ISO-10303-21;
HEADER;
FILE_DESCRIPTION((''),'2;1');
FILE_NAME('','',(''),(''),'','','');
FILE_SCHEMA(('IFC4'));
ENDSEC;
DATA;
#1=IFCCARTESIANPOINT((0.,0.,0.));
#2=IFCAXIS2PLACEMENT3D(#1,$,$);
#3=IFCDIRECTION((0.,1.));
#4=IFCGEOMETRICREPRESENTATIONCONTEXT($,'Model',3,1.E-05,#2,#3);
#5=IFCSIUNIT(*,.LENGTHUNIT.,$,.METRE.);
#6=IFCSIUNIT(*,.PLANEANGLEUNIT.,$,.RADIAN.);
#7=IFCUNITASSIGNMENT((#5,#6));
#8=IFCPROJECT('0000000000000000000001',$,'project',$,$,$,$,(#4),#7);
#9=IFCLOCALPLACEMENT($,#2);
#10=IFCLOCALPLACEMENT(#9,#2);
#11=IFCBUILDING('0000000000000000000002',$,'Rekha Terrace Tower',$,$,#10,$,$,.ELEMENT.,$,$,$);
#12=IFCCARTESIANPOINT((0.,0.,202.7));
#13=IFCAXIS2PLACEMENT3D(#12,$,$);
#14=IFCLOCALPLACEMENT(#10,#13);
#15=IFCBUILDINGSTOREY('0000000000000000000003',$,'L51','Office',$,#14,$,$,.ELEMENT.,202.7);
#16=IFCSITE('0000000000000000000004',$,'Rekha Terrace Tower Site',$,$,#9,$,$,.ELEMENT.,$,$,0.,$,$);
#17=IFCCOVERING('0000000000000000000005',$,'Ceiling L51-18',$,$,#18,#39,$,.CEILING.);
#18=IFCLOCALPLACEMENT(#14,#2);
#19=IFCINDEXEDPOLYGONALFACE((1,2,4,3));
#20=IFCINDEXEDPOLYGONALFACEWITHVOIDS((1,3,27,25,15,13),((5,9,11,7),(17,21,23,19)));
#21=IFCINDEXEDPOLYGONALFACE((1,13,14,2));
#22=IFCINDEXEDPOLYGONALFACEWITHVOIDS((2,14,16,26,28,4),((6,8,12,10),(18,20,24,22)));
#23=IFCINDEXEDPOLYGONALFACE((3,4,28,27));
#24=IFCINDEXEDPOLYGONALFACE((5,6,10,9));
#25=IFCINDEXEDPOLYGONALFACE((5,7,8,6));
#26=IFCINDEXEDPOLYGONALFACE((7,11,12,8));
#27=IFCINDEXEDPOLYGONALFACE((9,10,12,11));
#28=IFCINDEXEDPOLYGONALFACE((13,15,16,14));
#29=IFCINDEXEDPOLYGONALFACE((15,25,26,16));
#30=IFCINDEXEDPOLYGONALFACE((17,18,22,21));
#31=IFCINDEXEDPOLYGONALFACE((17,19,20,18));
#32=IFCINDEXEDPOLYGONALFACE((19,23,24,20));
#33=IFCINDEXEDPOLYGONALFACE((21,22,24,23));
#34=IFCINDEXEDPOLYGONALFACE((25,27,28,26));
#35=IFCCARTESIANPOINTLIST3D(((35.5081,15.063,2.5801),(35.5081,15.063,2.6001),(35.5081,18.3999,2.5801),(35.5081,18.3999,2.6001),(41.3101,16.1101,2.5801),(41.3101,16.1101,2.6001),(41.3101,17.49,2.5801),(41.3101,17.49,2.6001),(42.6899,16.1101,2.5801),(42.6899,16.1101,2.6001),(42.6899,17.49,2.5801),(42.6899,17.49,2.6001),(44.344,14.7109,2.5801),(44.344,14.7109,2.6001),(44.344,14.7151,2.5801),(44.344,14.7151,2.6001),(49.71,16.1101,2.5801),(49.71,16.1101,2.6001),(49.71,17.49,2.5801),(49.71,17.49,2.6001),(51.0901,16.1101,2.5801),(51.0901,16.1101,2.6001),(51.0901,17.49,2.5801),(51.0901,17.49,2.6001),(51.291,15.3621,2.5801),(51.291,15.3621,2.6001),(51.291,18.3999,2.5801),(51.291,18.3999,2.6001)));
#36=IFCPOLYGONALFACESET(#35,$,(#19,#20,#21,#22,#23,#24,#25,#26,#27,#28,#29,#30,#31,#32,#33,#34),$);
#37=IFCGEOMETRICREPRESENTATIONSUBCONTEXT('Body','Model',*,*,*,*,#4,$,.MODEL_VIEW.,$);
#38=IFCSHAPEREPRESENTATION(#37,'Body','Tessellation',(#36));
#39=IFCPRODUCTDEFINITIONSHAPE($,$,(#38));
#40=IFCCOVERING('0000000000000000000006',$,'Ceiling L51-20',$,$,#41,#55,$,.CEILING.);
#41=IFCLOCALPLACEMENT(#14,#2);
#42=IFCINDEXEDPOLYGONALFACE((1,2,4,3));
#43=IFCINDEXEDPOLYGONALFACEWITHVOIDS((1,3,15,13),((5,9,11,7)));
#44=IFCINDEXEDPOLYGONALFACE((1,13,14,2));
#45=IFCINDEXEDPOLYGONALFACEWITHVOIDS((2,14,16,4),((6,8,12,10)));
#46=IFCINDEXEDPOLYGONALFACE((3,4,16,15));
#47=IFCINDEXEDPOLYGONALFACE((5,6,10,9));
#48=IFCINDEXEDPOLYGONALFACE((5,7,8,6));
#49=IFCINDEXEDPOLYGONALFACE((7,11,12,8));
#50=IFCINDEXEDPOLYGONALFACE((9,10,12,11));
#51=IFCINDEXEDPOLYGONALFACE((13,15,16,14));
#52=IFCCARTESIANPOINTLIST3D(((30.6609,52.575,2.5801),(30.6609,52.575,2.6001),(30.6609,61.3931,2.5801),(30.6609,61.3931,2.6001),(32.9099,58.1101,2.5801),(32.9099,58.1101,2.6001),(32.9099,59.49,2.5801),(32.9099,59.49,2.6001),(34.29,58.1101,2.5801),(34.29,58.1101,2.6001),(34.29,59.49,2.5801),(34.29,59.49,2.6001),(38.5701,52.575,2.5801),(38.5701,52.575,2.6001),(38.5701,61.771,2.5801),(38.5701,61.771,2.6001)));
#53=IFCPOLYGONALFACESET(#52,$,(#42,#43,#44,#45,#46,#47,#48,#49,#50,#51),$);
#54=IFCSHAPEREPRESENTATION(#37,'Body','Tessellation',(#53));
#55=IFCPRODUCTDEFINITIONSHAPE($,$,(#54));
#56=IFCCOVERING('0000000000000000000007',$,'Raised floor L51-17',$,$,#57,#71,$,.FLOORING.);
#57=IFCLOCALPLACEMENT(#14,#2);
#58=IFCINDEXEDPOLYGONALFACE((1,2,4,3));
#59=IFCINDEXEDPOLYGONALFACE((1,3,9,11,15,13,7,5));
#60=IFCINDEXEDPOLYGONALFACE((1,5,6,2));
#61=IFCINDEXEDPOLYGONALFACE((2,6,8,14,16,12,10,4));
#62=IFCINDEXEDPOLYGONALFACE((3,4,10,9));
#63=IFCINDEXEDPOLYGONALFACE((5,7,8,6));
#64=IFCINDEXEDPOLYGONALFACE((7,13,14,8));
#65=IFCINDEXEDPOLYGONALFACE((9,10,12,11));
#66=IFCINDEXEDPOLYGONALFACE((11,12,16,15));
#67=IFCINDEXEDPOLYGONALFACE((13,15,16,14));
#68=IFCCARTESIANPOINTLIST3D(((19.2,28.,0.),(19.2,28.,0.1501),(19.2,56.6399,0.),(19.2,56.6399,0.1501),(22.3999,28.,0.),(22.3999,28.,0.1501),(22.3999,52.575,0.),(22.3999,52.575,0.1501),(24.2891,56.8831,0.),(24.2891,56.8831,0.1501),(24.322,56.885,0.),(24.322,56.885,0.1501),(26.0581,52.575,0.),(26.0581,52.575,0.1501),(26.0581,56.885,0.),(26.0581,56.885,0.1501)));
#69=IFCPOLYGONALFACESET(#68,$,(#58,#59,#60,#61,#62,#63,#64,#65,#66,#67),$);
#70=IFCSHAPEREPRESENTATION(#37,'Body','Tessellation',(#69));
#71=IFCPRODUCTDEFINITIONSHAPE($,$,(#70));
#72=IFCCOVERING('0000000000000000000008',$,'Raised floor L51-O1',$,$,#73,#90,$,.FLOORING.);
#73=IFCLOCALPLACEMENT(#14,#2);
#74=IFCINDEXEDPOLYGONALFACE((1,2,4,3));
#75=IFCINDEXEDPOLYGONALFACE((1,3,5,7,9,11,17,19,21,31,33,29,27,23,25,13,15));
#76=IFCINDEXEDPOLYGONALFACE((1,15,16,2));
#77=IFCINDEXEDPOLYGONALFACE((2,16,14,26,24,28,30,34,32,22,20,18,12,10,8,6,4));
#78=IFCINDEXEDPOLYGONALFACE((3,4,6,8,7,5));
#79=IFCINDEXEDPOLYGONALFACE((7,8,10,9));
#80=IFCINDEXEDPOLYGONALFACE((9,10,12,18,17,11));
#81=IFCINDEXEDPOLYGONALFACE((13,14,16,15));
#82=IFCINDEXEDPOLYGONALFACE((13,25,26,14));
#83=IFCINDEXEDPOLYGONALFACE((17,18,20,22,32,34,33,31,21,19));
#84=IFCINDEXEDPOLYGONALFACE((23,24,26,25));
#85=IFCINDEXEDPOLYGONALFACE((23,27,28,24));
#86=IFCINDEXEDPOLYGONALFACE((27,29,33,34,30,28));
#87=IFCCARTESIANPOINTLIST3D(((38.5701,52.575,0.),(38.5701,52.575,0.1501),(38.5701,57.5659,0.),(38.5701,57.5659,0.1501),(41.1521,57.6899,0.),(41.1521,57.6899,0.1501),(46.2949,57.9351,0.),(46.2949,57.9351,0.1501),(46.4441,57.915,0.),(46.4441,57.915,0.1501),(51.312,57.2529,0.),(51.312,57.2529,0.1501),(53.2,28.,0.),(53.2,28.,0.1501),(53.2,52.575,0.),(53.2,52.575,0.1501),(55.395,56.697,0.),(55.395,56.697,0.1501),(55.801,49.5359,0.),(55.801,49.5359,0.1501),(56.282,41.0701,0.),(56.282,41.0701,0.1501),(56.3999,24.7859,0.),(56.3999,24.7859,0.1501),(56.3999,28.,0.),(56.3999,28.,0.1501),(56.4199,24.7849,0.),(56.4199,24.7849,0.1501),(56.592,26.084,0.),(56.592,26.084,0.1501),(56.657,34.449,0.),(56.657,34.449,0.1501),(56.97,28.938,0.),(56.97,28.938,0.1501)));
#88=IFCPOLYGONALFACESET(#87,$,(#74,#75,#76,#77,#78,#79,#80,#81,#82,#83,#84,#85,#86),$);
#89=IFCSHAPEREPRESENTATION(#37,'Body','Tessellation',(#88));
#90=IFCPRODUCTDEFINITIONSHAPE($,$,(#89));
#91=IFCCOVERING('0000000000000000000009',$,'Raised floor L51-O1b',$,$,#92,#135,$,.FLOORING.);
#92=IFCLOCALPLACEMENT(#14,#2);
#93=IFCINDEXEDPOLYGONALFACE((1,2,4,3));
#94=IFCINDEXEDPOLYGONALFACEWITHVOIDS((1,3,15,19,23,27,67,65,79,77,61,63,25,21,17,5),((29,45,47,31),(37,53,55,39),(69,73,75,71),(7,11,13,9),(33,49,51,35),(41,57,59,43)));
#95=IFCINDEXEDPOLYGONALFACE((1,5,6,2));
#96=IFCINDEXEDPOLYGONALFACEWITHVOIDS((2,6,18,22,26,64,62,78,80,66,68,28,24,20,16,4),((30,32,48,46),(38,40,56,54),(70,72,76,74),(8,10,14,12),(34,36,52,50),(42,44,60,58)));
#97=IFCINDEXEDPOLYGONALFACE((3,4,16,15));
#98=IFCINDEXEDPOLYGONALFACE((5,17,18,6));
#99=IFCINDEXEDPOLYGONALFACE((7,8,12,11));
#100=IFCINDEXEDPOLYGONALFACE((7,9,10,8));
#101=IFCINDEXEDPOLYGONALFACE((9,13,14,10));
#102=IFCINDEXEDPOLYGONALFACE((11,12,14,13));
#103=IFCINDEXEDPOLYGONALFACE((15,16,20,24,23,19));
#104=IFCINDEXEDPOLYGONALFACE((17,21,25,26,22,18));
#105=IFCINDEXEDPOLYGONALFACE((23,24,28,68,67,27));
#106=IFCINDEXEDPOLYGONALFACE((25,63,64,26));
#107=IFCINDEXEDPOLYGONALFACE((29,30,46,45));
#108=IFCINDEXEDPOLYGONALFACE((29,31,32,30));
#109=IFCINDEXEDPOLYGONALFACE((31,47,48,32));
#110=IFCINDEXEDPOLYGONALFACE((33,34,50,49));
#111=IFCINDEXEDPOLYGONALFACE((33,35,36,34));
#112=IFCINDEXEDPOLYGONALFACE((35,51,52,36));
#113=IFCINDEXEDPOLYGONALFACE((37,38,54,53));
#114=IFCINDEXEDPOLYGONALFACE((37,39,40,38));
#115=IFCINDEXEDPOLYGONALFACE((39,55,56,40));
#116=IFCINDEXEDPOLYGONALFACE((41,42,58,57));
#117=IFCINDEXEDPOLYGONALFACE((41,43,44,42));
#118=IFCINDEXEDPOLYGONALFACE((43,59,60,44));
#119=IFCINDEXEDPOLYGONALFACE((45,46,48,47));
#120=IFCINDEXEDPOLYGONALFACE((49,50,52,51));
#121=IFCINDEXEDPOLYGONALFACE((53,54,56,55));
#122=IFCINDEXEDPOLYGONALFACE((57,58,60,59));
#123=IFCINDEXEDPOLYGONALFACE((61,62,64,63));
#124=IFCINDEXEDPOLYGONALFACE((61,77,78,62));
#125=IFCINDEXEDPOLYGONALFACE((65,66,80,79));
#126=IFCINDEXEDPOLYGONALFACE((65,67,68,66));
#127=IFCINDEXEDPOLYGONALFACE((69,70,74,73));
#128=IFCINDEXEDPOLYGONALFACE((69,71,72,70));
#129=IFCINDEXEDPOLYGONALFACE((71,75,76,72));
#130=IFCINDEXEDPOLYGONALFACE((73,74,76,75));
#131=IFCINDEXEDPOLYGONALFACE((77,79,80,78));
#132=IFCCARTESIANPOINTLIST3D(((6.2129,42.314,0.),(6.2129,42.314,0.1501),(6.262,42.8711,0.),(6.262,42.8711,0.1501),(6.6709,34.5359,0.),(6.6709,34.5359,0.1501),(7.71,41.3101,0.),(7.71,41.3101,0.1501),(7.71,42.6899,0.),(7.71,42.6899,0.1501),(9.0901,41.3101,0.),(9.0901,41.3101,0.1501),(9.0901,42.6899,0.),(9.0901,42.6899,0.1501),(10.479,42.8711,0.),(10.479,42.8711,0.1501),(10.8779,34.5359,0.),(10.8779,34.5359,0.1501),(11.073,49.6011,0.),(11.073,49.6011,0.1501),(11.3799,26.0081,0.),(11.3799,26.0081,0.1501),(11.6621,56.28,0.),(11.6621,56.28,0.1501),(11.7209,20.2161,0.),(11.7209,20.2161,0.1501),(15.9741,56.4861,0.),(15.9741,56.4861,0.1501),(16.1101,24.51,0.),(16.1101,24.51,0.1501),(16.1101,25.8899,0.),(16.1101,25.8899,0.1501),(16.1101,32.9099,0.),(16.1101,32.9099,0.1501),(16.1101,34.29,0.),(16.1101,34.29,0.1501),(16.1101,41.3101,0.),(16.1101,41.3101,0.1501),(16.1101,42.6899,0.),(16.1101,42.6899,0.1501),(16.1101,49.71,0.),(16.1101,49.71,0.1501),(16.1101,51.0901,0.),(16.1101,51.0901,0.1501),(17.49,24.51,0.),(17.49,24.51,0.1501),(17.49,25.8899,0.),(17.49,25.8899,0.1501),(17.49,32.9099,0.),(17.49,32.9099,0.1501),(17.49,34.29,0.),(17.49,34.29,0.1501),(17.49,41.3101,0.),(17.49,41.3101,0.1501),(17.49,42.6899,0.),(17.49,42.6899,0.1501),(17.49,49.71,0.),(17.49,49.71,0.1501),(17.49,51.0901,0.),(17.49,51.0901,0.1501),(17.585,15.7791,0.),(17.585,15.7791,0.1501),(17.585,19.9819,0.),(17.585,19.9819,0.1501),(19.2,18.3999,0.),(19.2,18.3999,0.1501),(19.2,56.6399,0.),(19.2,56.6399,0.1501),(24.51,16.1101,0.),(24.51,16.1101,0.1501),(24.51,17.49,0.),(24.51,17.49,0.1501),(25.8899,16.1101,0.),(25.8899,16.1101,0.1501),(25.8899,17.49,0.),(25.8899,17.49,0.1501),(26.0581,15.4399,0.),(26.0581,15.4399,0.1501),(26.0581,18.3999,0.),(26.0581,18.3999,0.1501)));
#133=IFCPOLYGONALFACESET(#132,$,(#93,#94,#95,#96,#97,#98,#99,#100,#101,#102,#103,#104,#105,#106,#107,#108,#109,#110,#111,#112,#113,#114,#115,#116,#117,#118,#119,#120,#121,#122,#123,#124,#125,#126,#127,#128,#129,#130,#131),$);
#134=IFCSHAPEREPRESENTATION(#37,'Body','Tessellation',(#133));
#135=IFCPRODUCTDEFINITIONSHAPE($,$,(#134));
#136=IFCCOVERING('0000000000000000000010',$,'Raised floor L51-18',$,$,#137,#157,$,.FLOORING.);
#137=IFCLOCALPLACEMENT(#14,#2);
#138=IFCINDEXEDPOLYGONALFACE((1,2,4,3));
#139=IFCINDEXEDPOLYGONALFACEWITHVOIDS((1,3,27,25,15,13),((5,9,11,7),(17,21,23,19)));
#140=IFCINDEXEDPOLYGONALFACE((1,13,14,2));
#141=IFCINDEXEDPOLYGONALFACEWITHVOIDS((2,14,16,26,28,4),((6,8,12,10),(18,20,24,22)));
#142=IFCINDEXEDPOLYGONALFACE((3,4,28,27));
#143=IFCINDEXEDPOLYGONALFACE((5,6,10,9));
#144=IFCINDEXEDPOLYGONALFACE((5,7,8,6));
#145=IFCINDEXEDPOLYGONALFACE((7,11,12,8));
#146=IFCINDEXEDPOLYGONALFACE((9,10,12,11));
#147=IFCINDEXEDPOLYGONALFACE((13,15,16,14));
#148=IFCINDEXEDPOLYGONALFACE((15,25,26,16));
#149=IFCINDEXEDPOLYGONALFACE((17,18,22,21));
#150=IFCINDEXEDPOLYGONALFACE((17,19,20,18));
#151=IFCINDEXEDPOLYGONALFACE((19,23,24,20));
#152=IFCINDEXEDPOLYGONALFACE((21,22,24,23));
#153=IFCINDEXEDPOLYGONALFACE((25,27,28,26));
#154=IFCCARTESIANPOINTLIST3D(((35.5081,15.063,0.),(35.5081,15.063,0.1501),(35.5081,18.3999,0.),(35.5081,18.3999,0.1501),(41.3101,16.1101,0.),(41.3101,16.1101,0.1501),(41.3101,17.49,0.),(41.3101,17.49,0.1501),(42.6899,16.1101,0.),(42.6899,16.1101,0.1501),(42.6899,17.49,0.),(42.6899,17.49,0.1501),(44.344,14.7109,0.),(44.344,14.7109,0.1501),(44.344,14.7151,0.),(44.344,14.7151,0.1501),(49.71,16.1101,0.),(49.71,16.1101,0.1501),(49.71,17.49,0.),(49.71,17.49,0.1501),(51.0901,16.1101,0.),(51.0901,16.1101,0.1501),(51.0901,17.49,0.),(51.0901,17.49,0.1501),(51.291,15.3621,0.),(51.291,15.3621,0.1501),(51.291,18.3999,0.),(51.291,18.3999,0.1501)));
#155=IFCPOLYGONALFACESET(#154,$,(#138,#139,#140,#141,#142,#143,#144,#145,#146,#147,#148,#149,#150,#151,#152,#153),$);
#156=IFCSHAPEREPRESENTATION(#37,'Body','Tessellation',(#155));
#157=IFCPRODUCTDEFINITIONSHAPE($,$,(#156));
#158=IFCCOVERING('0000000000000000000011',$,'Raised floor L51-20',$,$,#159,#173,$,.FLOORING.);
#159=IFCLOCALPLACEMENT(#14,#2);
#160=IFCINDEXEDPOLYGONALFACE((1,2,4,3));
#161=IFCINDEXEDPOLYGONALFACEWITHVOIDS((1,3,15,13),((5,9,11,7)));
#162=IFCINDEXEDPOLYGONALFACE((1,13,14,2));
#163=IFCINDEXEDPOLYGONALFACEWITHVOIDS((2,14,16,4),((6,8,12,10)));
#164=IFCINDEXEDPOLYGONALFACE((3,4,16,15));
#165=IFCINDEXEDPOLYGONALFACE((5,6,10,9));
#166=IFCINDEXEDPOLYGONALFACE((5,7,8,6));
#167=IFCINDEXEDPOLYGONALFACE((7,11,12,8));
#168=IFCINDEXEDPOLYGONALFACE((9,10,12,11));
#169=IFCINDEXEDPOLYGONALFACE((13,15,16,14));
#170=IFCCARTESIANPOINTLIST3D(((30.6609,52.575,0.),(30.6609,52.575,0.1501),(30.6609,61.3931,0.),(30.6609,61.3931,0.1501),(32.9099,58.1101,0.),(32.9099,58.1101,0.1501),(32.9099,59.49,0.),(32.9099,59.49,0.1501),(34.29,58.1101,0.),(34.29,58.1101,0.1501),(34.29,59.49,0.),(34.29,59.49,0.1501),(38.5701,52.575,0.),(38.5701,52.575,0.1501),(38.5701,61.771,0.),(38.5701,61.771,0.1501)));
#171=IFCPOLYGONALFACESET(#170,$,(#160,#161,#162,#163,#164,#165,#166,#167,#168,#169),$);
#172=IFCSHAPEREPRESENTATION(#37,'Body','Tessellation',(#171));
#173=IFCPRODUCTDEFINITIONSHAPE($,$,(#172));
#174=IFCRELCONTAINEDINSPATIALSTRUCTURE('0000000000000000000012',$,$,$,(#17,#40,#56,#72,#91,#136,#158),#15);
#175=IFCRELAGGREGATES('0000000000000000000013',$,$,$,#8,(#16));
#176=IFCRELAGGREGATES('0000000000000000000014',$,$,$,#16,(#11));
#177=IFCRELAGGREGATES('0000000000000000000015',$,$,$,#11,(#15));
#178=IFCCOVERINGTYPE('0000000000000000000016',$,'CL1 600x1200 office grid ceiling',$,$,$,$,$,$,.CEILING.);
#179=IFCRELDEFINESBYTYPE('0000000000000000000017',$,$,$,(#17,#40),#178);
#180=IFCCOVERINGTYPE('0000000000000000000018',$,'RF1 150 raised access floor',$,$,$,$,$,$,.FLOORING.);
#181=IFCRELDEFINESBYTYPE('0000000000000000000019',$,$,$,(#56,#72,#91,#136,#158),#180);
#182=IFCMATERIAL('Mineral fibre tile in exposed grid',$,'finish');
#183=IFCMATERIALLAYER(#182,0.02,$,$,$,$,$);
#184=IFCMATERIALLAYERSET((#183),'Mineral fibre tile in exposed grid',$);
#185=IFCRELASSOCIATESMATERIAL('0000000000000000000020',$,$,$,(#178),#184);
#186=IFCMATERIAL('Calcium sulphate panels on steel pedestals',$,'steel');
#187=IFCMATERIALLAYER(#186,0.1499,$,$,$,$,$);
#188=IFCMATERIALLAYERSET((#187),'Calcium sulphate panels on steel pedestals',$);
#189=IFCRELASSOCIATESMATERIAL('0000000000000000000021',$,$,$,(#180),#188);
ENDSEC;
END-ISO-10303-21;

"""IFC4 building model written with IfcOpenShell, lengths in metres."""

from ifc_helpers import new_model, si_unit, direction, frame, origin, place, context, subcontext, project, spatial, polyline, outline, extrude, material, layer, layer_set, type_object, element, save


model = new_model("IFC4")

# Units and contexts
model_context = context("Model", 3, precision=1e-05, world=origin(), true_north=direction((0.0, 1.0)))
body_context = subcontext(model_context, "Body", "Model", "MODEL_VIEW")
ifc_project = project(units=[si_unit("LENGTHUNIT", "METRE"), si_unit("PLANEANGLEUNIT", "RADIAN")], contexts=[model_context])

# Site, building, storey
site_placement = place(None, origin())
site = spatial("IfcSite", under=ifc_project, at=site_placement, Name="Rekha Terrace Tower Site", CompositionType="ELEMENT", RefElevation=0.0)
building_placement = place(site_placement, origin())
building = spatial("IfcBuilding", under=site, at=building_placement, Name="Rekha Terrace Tower", CompositionType="ELEMENT")
storey_placement = place(building_placement, frame((0.0, 0.0, 202.7)))
storey = spatial("IfcBuildingStorey", under=building, at=storey_placement, Name="L51", Description="Office", CompositionType="ELEMENT", Elevation=202.7)

# Coverings
ifc_material_1 = material(Name="Mineral fibre tile in exposed grid", Category="finish")
ifc_layer_1 = layer(ifc_material_1, 0.02)
ifc_layer_set_1 = layer_set([ifc_layer_1], Name="Mineral fibre tile in exposed grid")
covering_type_1 = type_object("IfcCoveringType", Name="CL1 600x1200 office grid ceiling", PredefinedType="CEILING", material=ifc_layer_set_1)
covering_1_placement = place(storey_placement, frame((0.0, 0.0, 2.5801)))
element("IfcCovering", 1, at=covering_1_placement, inside=storey, type_object=covering_type_1, Name="Ceiling L51-18", PredefinedType="CEILING", context=body_context, shape_type="SweptSolid", body=[
    extrude(outline(polyline([(35.5081, 15.063), (44.344, 14.7109), (44.344, 14.7151), (51.291, 15.3621), (51.291, 18.3999), (35.5081, 18.3999), (35.5081, 15.063)]), holes=[polyline([(51.0901, 16.1101), (49.71, 16.1101), (49.71, 17.49), (51.0901, 17.49), (51.0901, 16.1101)]), polyline([(42.6899, 17.49), (42.6899, 16.1101), (41.3101, 16.1101), (41.3101, 17.49), (42.6899, 17.49)])]), origin(), (0.0, 0.0, 1.0), 0.02),
])
covering_2_placement = place(storey_placement, frame((0.0, 0.0, 2.5801)))
element("IfcCovering", 2, at=covering_2_placement, inside=storey, type_object=covering_type_1, Name="Ceiling L51-20", PredefinedType="CEILING", context=body_context, shape_type="SweptSolid", body=[
    extrude(outline(polyline([(30.6609, 61.3931), (30.6609, 52.575), (38.5701, 52.575), (38.5701, 61.771), (30.6609, 61.3931)]), holes=[polyline([(34.29, 58.1101), (32.9099, 58.1101), (32.9099, 59.49), (34.29, 59.49), (34.29, 58.1101)])]), origin(), (0.0, 0.0, 1.0), 0.02),
])
ifc_material_2 = material(Name="Calcium sulphate panels on steel pedestals", Category="steel")
ifc_layer_2 = layer(ifc_material_2, 0.1499)
ifc_layer_set_2 = layer_set([ifc_layer_2], Name="Calcium sulphate panels on steel pedestals")
covering_type_2 = type_object("IfcCoveringType", Name="RF1 150 raised access floor", PredefinedType="FLOORING", material=ifc_layer_set_2)
covering_3_placement = place(storey_placement, origin())
element("IfcCovering", 3, at=covering_3_placement, inside=storey, type_object=covering_type_2, Name="Raised floor L51-17", PredefinedType="FLOORING", context=body_context, shape_type="SweptSolid", body=[
    extrude(outline(polyline([(26.0581, 52.575), (26.0581, 56.885), (24.322, 56.885), (24.2891, 56.8831), (19.2, 56.6399), (19.2, 28.0), (22.3999, 28.0), (22.3999, 52.575), (26.0581, 52.575)])), origin(), (0.0, 0.0, 1.0), 0.1501),
])
covering_4_placement = place(storey_placement, origin())
element("IfcCovering", 4, at=covering_4_placement, inside=storey, type_object=covering_type_2, Name="Raised floor L51-O1", PredefinedType="FLOORING", context=body_context, shape_type="SweptSolid", body=[
    extrude(outline(polyline([(46.2949, 57.9351), (41.1521, 57.6899), (38.5701, 57.5659), (38.5701, 52.575), (53.2, 52.575), (53.2, 28.0), (56.3999, 28.0), (56.3999, 24.7859), (56.4199, 24.7849), (56.592, 26.084), (56.97, 28.938), (56.657, 34.449), (56.282, 41.0701), (55.801, 49.5359), (55.395, 56.697), (51.312, 57.2529), (46.4441, 57.915), (46.2949, 57.9351)])), origin(), (0.0, 0.0, 1.0), 0.1501),
])
covering_5_placement = place(storey_placement, origin())
element("IfcCovering", 5, at=covering_5_placement, inside=storey, type_object=covering_type_2, Name="Raised floor L51-O1b", PredefinedType="FLOORING", context=body_context, shape_type="SweptSolid", body=[
    extrude(outline(polyline([(11.6621, 56.28), (11.073, 49.6011), (10.479, 42.8711), (6.262, 42.8711), (6.2129, 42.314), (6.6709, 34.5359), (10.8779, 34.5359), (11.3799, 26.0081), (11.7209, 20.2161), (17.585, 19.9819), (17.585, 15.7791), (26.0581, 15.4399), (26.0581, 18.3999), (19.2, 18.3999), (19.2, 56.6399), (15.9741, 56.4861), (11.6621, 56.28)]), holes=[polyline([(25.8899, 17.49), (25.8899, 16.1101), (24.51, 16.1101), (24.51, 17.49), (25.8899, 17.49)]), polyline([(17.49, 24.51), (16.1101, 24.51), (16.1101, 25.8899), (17.49, 25.8899), (17.49, 24.51)]), polyline([(17.49, 32.9099), (16.1101, 32.9099), (16.1101, 34.29), (17.49, 34.29), (17.49, 32.9099)]), polyline([(17.49, 42.6899), (17.49, 41.3101), (16.1101, 41.3101), (16.1101, 42.6899), (17.49, 42.6899)]), polyline([(17.49, 51.0901), (17.49, 49.71), (16.1101, 49.71), (16.1101, 51.0901), (17.49, 51.0901)]), polyline([(9.0901, 41.3101), (7.71, 41.3101), (7.71, 42.6899), (9.0901, 42.6899), (9.0901, 41.3101)])]), origin(), (0.0, 0.0, 1.0), 0.1501),
])
covering_6_placement = place(storey_placement, origin())
element("IfcCovering", 6, at=covering_6_placement, inside=storey, type_object=covering_type_2, Name="Raised floor L51-18", PredefinedType="FLOORING", context=body_context, shape_type="SweptSolid", body=[
    extrude(outline(polyline([(35.5081, 15.063), (44.344, 14.7109), (44.344, 14.7151), (51.291, 15.3621), (51.291, 18.3999), (35.5081, 18.3999), (35.5081, 15.063)]), holes=[polyline([(51.0901, 16.1101), (49.71, 16.1101), (49.71, 17.49), (51.0901, 17.49), (51.0901, 16.1101)]), polyline([(42.6899, 17.49), (42.6899, 16.1101), (41.3101, 16.1101), (41.3101, 17.49), (42.6899, 17.49)])]), origin(), (0.0, 0.0, 1.0), 0.1501),
])
covering_7_placement = place(storey_placement, origin())
element("IfcCovering", 7, at=covering_7_placement, inside=storey, type_object=covering_type_2, Name="Raised floor L51-20", PredefinedType="FLOORING", context=body_context, shape_type="SweptSolid", body=[
    extrude(outline(polyline([(30.6609, 61.3931), (30.6609, 52.575), (38.5701, 52.575), (38.5701, 61.771), (30.6609, 61.3931)]), holes=[polyline([(34.29, 58.1101), (32.9099, 58.1101), (32.9099, 59.49), (34.29, 59.49), (34.29, 58.1101)])]), origin(), (0.0, 0.0, 1.0), 0.1501),
])

save(model, "model.ifc")
